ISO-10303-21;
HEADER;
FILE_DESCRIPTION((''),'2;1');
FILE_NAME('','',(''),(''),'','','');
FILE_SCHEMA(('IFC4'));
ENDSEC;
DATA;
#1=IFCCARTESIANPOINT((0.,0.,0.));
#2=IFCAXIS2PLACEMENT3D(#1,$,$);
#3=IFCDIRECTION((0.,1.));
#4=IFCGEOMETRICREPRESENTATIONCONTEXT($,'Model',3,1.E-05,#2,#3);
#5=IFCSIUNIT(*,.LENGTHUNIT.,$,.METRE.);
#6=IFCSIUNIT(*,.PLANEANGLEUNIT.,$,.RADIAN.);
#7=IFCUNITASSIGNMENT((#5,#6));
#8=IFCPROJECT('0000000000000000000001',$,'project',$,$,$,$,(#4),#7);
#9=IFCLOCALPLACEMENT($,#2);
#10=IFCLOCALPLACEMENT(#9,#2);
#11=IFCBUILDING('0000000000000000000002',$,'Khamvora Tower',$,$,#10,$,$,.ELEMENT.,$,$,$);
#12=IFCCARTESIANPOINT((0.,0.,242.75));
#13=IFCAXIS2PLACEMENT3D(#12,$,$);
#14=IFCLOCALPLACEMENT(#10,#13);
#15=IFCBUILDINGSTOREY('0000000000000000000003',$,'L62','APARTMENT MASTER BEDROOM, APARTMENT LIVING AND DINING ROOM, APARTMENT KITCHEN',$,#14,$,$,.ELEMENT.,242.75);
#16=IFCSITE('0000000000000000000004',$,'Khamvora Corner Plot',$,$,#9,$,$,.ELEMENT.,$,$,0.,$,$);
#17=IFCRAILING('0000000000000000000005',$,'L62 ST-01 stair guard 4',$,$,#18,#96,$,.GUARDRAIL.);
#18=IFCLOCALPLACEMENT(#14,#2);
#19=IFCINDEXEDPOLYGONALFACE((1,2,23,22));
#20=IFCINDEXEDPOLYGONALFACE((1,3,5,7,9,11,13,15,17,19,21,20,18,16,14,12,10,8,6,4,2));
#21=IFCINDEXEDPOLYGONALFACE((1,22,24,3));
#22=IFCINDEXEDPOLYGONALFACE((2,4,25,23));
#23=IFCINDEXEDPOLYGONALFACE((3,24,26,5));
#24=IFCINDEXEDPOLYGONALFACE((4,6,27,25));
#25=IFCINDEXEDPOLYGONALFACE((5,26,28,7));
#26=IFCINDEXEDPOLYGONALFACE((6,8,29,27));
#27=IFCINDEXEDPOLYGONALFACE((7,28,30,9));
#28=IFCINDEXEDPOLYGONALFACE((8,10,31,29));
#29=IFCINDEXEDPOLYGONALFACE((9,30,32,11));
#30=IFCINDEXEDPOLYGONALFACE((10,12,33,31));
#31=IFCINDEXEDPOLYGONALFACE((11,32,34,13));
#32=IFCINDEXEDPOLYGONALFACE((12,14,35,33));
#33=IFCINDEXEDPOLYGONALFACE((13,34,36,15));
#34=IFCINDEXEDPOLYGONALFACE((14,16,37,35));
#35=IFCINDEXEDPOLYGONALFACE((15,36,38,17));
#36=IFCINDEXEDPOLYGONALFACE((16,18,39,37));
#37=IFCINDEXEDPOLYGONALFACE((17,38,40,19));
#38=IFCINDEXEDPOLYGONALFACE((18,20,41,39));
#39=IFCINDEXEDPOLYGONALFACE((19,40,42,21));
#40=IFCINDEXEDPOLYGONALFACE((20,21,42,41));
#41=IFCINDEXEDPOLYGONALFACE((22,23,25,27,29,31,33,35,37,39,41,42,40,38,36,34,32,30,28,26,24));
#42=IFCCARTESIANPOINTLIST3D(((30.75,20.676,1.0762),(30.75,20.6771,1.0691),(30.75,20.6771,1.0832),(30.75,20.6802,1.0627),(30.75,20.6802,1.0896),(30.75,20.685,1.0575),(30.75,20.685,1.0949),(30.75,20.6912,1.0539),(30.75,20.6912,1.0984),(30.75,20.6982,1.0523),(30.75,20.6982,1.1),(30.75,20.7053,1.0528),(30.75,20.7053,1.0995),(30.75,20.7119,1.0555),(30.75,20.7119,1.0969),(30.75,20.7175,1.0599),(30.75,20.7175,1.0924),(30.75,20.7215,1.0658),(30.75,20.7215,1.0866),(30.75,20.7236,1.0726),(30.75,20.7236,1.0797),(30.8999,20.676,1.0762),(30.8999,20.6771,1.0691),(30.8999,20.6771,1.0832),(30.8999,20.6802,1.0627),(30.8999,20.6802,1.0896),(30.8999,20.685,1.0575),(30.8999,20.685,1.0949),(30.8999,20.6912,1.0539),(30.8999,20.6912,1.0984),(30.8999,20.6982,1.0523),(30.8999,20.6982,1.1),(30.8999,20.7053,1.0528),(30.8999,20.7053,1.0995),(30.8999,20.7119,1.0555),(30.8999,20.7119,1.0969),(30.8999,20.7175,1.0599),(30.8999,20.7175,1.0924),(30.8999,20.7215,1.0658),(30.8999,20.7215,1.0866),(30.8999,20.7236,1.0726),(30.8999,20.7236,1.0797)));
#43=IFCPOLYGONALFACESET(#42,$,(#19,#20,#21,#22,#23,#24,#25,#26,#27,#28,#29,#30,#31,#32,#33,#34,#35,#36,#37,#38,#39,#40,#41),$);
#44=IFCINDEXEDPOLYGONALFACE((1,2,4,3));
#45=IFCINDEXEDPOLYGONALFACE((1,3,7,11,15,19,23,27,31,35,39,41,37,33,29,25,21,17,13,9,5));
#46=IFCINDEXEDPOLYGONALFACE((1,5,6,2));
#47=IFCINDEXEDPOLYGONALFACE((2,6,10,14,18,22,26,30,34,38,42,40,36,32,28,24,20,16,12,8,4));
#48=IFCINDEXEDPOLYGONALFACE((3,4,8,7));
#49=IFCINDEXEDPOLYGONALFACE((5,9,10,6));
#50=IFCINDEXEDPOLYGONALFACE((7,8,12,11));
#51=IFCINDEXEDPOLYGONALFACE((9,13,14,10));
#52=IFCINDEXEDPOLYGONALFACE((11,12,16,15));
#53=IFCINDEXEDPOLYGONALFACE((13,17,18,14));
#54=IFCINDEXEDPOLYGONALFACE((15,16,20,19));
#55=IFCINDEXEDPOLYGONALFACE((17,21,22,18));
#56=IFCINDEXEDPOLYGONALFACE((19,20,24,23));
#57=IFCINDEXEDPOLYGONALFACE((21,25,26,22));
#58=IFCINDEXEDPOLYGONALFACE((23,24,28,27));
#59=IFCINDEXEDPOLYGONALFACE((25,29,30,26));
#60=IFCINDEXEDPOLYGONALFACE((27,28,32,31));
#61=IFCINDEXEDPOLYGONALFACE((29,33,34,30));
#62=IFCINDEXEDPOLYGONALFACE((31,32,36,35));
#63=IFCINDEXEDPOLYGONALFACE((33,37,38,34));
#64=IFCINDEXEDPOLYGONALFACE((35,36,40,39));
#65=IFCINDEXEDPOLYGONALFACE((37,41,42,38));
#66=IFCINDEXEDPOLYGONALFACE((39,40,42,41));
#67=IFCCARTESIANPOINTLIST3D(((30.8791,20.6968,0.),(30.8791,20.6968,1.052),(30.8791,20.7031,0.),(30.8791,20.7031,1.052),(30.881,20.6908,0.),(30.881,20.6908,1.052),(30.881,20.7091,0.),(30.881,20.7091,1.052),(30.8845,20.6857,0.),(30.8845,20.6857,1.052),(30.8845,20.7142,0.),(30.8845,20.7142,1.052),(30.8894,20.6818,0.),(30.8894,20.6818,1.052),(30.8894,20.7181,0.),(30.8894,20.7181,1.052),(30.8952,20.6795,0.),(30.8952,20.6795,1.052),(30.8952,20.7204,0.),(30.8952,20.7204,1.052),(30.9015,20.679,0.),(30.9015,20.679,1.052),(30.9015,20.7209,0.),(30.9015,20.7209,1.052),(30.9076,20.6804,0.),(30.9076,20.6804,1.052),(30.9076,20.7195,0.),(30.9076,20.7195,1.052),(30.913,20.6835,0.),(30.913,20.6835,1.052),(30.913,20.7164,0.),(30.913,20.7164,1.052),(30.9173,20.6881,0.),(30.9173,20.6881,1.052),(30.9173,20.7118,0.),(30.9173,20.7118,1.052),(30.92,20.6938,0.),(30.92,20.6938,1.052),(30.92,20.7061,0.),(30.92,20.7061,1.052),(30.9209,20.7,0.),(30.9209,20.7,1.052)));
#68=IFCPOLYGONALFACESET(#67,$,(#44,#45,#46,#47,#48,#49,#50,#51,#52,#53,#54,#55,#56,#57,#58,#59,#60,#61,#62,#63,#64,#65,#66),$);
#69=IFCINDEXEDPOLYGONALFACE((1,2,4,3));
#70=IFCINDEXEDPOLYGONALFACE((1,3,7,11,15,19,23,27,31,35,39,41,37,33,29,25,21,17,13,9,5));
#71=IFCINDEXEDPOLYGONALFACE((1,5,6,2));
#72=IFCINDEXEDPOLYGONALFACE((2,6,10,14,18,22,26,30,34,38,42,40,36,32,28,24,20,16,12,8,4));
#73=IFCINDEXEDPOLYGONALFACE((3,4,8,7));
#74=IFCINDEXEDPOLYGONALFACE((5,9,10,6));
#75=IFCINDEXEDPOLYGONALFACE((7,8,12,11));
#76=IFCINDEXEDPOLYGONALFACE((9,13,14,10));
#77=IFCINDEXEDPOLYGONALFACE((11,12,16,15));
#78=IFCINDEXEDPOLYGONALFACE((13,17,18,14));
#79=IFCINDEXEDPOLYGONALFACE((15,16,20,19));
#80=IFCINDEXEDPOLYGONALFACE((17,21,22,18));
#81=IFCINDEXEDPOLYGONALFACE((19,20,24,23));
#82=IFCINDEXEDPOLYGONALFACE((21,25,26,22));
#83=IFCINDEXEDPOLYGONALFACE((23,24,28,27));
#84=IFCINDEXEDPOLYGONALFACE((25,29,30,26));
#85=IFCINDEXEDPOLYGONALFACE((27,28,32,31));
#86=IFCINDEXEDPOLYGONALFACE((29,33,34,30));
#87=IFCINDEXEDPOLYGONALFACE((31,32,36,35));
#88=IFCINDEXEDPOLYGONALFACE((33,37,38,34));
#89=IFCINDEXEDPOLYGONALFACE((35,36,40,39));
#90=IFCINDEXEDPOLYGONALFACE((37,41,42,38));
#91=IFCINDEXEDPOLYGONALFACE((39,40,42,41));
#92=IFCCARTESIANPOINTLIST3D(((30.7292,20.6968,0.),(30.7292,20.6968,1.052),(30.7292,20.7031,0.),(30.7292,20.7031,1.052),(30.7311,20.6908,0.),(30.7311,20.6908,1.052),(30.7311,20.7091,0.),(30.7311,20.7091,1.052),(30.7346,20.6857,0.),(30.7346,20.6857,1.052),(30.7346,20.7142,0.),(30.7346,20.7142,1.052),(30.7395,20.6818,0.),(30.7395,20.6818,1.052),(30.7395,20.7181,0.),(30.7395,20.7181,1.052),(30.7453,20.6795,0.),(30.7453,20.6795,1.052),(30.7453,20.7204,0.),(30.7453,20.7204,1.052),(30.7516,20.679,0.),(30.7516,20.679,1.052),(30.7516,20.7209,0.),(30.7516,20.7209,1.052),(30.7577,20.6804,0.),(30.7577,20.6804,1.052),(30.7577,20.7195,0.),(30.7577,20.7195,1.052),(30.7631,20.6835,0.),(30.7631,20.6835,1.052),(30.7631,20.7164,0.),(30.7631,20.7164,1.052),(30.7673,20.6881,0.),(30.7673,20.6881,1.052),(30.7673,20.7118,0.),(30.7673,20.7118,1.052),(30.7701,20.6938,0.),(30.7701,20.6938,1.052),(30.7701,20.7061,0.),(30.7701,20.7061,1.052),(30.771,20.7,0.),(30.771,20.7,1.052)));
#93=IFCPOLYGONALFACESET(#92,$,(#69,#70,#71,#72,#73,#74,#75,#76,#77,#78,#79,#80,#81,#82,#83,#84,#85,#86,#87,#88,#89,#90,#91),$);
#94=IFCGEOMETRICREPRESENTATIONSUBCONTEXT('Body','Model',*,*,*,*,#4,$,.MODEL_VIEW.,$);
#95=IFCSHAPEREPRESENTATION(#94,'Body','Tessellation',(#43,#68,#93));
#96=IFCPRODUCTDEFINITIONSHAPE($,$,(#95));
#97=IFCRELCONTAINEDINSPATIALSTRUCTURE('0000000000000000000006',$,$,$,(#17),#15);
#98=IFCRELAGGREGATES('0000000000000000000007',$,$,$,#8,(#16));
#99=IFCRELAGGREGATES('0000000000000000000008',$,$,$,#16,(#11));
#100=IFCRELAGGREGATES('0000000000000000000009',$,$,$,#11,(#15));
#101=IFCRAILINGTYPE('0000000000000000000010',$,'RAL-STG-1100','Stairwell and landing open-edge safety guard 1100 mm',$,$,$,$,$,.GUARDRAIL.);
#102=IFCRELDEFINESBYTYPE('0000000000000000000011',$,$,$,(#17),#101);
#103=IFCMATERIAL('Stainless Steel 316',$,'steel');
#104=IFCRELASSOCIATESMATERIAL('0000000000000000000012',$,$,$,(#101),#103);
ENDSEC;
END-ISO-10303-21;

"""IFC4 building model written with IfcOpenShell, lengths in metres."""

from ifc_helpers import new_model, si_unit, direction, frame, origin, origin_2d, place, context, subcontext, project, spatial, circle, extrude, material, type_object, element, save


model = new_model("IFC4")

# Units and contexts
model_context = context("Model", 3, precision=1e-05, world=origin(), true_north=direction((0.0, 1.0)))
body_context = subcontext(model_context, "Body", "Model", "MODEL_VIEW")
ifc_project = project(units=[si_unit("LENGTHUNIT", "METRE"), si_unit("PLANEANGLEUNIT", "RADIAN")], contexts=[model_context])

# Site, building, storey
site_placement = place(None, origin())
site = spatial("IfcSite", under=ifc_project, at=site_placement, Name="Khamvora Corner Plot", CompositionType="ELEMENT", RefElevation=0.0)
building_placement = place(site_placement, origin())
building = spatial("IfcBuilding", under=site, at=building_placement, Name="Khamvora Tower", CompositionType="ELEMENT")
storey_placement = place(building_placement, frame((0.0, 0.0, 242.75)))
storey = spatial("IfcBuildingStorey", under=building, at=storey_placement, Name="L62", Description="APARTMENT MASTER BEDROOM, APARTMENT LIVING AND DINING ROOM, APARTMENT KITCHEN", CompositionType="ELEMENT", Elevation=242.75)

# Railing
ifc_material_1 = material(Name="Stainless Steel 316", Category="steel")
railing_type = type_object("IfcRailingType", Name="RAL-STG-1100", Description="Stairwell and landing open-edge safety guard 1100 mm", PredefinedType="GUARDRAIL", material=ifc_material_1)
railing_placement = place(storey_placement, frame((30.8999, 20.7, 0.0)))
element("IfcRailing", 1, at=railing_placement, inside=storey, type_object=railing_type, Name="L62 ST-01 stair guard 4", PredefinedType="GUARDRAIL", context=body_context, shape_type="SweptSolid", body=[
    extrude(circle(Radius=0.0239, at=origin_2d()), frame((0.0, 0.0, 1.0762), z_axis=(-1.0, 0.0, 0.0), x_axis=(0.0, -1.0, 0.0)), (0.0, 0.0, 1.0), 0.1499),
    extrude(circle(Radius=0.021, at=origin_2d()), origin(), (0.0, 0.0, 1.0), 1.052),
    extrude(circle(Radius=0.021, at=origin_2d()), frame((-0.1499, 0.0, 0.0)), (0.0, 0.0, 1.0), 1.052),
])

save(model, "model.ifc")
